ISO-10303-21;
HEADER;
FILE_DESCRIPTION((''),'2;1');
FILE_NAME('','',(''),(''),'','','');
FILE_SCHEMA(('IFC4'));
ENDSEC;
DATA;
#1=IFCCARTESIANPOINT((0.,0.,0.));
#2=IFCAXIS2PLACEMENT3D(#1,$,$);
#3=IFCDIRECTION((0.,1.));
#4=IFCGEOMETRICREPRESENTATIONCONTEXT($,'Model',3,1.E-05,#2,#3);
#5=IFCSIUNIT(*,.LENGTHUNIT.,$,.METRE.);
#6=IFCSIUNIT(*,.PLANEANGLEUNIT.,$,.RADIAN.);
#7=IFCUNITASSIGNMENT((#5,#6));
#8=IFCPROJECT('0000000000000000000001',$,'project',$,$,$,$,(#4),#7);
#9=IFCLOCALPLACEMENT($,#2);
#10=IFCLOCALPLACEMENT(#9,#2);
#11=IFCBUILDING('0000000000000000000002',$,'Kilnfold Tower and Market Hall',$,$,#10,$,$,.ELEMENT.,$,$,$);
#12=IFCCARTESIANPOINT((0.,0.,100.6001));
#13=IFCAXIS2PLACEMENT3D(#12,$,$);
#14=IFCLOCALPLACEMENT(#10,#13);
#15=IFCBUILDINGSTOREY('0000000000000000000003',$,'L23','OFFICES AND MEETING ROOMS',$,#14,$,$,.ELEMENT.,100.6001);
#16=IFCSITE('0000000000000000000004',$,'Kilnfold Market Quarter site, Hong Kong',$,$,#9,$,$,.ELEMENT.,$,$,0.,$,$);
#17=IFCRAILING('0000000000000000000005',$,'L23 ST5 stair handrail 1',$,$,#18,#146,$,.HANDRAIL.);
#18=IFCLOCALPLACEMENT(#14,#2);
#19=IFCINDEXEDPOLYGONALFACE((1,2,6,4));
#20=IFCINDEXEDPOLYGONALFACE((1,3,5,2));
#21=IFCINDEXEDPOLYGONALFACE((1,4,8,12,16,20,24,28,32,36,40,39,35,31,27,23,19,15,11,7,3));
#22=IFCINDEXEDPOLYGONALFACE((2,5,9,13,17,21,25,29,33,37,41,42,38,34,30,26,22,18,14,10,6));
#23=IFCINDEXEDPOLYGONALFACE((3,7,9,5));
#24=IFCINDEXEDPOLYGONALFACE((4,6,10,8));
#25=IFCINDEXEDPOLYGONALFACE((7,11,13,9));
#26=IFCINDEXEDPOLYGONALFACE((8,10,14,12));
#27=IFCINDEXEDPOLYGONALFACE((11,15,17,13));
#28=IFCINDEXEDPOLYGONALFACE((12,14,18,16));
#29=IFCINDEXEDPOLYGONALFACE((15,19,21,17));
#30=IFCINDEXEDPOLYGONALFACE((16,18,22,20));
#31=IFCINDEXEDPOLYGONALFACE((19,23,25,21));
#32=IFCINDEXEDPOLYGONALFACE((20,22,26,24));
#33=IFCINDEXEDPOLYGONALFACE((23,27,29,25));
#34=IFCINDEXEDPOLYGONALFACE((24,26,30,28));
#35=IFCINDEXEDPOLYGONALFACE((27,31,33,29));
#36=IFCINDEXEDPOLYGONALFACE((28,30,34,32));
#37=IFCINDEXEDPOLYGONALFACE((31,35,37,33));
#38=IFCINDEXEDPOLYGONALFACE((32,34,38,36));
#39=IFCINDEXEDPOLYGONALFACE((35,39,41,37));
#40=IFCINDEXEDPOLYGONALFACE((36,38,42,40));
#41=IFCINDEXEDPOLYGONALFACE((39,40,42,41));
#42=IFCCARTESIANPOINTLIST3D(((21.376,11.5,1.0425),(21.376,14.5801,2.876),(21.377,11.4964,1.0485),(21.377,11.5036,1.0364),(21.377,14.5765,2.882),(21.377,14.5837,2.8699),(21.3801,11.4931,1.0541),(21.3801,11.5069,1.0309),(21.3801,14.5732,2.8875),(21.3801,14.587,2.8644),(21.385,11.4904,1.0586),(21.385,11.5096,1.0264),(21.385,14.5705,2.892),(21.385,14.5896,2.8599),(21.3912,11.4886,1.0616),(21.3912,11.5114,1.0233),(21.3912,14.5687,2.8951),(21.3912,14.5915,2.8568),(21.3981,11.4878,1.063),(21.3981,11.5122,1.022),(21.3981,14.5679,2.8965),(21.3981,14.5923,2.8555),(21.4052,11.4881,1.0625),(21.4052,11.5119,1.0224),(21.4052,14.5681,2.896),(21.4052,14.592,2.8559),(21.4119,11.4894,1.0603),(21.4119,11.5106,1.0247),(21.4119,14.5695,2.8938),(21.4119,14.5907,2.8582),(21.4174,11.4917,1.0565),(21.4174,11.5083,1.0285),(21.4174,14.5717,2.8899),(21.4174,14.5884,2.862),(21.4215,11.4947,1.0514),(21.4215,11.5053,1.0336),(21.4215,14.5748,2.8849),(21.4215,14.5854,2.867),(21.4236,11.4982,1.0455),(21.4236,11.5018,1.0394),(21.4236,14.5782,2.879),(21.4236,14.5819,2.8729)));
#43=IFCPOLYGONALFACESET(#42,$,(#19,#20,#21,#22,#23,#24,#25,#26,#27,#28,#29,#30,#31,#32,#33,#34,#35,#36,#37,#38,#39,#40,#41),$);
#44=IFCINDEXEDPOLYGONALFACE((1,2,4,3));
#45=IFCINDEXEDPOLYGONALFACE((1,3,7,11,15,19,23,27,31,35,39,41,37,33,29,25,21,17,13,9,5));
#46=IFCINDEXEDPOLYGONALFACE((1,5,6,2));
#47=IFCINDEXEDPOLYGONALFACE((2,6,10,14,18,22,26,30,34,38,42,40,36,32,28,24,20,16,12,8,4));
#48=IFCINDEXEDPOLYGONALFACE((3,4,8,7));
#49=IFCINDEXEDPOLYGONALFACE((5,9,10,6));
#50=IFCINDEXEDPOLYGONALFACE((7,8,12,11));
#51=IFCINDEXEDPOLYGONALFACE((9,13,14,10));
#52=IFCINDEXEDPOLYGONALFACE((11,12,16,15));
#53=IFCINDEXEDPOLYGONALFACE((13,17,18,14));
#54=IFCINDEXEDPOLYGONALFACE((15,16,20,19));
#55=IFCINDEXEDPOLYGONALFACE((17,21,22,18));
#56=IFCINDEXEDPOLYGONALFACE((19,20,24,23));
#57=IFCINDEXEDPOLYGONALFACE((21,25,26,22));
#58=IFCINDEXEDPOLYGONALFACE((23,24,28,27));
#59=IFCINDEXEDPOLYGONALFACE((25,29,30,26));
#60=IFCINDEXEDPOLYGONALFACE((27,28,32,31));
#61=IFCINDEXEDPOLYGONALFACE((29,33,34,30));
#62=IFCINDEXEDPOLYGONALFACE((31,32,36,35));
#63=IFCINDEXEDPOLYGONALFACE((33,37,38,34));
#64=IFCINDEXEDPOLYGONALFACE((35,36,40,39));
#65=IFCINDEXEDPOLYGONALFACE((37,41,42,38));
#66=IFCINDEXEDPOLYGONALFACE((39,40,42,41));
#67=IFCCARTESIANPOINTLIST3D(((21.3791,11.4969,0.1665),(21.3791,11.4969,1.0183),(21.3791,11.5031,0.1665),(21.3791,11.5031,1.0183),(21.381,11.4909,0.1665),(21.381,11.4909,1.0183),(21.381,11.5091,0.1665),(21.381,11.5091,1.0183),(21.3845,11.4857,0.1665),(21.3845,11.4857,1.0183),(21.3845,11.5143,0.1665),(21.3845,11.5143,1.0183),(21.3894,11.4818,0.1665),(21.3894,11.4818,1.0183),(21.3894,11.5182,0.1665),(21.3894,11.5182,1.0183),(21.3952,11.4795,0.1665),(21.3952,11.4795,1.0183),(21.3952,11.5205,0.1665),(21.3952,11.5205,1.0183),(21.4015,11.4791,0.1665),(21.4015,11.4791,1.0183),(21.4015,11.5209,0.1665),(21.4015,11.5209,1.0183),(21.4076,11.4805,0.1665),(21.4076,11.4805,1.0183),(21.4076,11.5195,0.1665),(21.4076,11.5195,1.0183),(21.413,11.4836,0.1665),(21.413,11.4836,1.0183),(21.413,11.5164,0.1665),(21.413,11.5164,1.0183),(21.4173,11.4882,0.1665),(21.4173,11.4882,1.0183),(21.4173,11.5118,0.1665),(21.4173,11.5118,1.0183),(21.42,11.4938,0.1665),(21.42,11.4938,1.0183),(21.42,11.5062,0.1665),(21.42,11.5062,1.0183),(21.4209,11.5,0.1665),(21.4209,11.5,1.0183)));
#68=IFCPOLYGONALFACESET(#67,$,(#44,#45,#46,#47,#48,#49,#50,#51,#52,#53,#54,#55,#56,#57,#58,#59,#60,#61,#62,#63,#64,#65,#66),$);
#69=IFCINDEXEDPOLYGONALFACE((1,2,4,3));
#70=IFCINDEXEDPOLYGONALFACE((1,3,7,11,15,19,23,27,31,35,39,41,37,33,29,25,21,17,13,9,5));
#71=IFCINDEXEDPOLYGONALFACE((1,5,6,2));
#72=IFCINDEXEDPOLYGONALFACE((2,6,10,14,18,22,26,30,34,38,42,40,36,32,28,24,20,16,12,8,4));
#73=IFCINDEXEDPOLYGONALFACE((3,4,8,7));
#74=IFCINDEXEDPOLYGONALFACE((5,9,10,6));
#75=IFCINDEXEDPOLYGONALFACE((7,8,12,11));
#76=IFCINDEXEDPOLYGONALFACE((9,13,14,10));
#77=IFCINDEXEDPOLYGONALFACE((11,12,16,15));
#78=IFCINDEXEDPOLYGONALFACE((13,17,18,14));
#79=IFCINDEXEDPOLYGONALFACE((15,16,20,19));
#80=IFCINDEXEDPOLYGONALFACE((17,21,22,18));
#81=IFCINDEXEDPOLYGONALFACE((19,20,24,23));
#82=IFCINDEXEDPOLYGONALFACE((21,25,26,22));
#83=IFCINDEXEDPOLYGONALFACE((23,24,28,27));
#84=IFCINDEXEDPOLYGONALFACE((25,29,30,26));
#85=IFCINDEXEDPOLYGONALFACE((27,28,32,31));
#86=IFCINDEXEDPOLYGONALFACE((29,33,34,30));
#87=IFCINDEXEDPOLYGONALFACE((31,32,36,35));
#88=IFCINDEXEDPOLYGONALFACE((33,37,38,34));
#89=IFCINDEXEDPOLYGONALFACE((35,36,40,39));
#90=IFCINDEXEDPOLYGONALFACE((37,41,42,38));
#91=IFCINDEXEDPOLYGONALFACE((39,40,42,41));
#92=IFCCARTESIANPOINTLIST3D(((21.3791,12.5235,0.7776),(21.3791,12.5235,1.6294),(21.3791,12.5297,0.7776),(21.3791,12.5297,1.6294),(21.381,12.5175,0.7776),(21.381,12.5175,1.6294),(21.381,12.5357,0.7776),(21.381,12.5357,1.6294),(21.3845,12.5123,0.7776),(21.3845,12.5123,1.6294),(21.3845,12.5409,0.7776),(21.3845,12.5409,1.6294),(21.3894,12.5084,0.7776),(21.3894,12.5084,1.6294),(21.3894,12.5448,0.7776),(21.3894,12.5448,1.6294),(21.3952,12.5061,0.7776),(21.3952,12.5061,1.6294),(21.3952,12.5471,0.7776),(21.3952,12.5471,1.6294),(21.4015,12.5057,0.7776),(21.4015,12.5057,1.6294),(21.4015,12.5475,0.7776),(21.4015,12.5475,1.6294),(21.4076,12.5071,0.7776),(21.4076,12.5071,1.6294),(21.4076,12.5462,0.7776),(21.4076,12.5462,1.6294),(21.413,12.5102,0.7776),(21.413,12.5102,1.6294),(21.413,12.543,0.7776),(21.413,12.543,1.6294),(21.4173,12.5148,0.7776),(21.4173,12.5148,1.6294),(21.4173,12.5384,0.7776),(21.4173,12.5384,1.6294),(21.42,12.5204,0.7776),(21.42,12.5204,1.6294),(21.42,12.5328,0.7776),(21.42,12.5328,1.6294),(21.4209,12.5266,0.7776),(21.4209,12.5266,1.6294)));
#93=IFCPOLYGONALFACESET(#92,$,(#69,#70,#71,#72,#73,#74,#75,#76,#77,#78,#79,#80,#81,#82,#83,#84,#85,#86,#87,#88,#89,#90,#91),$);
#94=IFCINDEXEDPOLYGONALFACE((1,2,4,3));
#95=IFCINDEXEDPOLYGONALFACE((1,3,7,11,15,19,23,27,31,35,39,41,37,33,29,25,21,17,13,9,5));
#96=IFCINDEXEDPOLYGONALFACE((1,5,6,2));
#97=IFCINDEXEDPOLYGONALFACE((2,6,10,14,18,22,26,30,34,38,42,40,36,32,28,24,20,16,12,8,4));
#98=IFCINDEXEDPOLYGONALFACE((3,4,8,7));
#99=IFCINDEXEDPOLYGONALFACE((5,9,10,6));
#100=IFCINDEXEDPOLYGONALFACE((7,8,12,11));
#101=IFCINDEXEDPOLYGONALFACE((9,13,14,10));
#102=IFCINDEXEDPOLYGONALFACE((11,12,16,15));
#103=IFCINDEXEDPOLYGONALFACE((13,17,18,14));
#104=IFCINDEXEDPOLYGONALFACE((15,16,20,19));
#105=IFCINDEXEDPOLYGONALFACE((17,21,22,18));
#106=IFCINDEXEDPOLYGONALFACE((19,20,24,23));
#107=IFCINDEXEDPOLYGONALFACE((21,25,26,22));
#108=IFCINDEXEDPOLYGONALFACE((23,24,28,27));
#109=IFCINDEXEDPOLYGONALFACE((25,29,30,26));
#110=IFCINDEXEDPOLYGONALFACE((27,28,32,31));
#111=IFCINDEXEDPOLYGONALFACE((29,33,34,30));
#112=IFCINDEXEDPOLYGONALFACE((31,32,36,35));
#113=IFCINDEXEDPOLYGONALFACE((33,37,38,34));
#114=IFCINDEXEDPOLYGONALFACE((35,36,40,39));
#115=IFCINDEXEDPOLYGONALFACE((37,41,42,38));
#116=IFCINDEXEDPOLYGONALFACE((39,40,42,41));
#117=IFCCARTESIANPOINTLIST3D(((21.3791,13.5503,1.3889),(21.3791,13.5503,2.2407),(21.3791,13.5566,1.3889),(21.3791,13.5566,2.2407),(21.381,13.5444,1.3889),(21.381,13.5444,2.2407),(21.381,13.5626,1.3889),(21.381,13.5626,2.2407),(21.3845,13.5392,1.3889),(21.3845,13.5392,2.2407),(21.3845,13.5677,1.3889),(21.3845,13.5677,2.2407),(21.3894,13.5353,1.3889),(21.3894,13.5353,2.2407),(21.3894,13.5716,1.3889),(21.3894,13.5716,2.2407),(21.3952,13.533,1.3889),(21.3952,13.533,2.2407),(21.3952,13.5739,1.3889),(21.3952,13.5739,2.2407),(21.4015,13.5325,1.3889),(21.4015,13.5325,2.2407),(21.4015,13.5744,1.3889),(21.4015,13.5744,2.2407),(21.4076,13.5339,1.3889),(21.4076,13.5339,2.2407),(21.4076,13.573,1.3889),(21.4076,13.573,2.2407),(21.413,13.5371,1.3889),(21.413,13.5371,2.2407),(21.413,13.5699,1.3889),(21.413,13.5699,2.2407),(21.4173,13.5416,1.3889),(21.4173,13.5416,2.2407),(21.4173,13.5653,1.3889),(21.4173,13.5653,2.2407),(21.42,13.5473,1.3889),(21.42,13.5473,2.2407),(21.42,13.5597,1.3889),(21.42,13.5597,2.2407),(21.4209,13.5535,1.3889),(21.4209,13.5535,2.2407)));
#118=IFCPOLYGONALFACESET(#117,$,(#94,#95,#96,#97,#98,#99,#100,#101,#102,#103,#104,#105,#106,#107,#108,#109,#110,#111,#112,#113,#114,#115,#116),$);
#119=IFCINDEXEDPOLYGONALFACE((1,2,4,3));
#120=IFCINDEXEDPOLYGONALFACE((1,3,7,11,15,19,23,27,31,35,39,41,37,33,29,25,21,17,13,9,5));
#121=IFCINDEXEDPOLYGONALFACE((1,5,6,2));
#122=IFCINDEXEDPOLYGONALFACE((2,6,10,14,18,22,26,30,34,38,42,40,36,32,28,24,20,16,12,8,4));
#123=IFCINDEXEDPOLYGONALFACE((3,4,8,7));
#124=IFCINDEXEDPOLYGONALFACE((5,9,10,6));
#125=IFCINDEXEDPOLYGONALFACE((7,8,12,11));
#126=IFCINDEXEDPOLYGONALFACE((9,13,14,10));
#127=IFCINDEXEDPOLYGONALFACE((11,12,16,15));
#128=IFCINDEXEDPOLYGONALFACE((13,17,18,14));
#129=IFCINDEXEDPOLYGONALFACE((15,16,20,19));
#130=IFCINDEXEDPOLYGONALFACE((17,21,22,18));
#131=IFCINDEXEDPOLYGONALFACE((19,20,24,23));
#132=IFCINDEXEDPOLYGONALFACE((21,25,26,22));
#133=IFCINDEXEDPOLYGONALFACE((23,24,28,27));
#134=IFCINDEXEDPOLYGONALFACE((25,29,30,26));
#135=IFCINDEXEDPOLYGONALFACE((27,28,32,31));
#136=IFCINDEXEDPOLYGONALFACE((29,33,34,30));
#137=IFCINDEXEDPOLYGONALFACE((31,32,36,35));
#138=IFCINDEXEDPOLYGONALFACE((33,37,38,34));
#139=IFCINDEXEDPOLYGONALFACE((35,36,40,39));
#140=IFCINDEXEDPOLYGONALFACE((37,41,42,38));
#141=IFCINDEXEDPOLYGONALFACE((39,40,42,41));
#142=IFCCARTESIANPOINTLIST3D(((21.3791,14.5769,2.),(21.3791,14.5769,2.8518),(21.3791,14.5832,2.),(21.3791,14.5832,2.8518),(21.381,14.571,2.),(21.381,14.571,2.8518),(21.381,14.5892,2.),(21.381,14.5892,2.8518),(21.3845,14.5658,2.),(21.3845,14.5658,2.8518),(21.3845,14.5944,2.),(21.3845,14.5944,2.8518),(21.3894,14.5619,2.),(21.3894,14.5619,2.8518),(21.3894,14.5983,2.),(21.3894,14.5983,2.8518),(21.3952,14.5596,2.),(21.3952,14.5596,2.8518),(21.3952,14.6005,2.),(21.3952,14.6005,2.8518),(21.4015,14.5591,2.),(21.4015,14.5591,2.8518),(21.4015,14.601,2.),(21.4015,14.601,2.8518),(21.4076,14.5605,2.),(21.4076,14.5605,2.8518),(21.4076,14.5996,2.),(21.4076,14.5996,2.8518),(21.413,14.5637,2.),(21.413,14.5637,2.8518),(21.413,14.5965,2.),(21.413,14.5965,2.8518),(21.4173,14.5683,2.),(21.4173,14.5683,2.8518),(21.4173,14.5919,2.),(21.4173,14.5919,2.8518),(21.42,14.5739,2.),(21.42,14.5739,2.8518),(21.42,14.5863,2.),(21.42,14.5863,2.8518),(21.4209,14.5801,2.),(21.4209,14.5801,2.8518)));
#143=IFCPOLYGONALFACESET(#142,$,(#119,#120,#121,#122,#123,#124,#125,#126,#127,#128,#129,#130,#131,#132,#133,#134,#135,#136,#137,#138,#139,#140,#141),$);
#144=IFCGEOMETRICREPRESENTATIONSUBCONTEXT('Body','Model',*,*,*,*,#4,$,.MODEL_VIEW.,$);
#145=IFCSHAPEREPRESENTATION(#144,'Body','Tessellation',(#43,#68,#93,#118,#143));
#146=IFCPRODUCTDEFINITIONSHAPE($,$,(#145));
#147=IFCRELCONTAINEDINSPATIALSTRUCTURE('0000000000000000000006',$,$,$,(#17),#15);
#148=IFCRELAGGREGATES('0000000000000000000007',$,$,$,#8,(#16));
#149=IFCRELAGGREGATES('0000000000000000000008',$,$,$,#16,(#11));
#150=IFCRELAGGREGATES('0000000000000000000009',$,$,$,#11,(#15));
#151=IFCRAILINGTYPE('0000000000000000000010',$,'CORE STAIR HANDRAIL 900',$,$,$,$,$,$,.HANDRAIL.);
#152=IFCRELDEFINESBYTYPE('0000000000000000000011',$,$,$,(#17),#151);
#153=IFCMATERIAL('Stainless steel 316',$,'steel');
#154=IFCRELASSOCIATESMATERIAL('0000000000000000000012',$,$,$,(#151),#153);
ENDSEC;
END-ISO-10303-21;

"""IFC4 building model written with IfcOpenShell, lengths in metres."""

from ifc_helpers import new_model, si_unit, direction, frame, origin, origin_2d, place, context, subcontext, project, spatial, circle, extrude, material, type_object, element, save


model = new_model("IFC4")

# Units and contexts
model_context = context("Model", 3, precision=1e-05, world=origin(), true_north=direction((0.0, 1.0)))
body_context = subcontext(model_context, "Body", "Model", "MODEL_VIEW")
ifc_project = project(units=[si_unit("LENGTHUNIT", "METRE"), si_unit("PLANEANGLEUNIT", "RADIAN")], contexts=[model_context])

# Site, building, storey
site_placement = place(None, origin())
site = spatial("IfcSite", under=ifc_project, at=site_placement, Name="Kilnfold Market Quarter site, Hong Kong", CompositionType="ELEMENT", RefElevation=0.0)
building_placement = place(site_placement, origin())
building = spatial("IfcBuilding", under=site, at=building_placement, Name="Kilnfold Tower and Market Hall", CompositionType="ELEMENT")
storey_placement = place(building_placement, frame((0.0, 0.0, 100.6001)))
storey = spatial("IfcBuildingStorey", under=building, at=storey_placement, Name="L23", Description="OFFICES AND MEETING ROOMS", CompositionType="ELEMENT", Elevation=100.6001)

# Railing
ifc_material_1 = material(Name="Stainless steel 316", Category="steel")
railing_type_1 = type_object("IfcRailingType", Name="CORE STAIR HANDRAIL 900", PredefinedType="HANDRAIL", material=ifc_material_1)
railing_1_placement = place(storey_placement, frame((21.3999, 11.5, 0.1665)))
element("IfcRailing", 1, at=railing_1_placement, inside=storey, type_object=railing_type_1, Name="L23 ST5 stair handrail 1", PredefinedType="HANDRAIL", context=body_context, shape_type="SweptSolid", body=[
    extrude(circle(Radius=0.0239, at=origin_2d()), frame((0.0, 0.0, 0.876), z_axis=(0.0, 0.859279, 0.511508), x_axis=(-1.0, 0.0, 0.0)), (0.0, 0.0, 1.0), 3.5845),
    extrude(circle(Radius=0.021, at=origin_2d()), origin(), (0.0, 0.0, 1.0), 0.8518),
    extrude(circle(Radius=0.021, at=origin_2d()), frame((0.0, 1.0266, 0.6111)), (0.0, 0.0, 1.0), 0.8518),
    extrude(circle(Radius=0.021, at=origin_2d()), frame((0.0, 2.0535, 1.2224)), (0.0, 0.0, 1.0), 0.8518),
    extrude(circle(Radius=0.021, at=origin_2d()), frame((0.0, 3.0801, 1.8335)), (0.0, 0.0, 1.0), 0.8518),
])

save(model, "model.ifc")
